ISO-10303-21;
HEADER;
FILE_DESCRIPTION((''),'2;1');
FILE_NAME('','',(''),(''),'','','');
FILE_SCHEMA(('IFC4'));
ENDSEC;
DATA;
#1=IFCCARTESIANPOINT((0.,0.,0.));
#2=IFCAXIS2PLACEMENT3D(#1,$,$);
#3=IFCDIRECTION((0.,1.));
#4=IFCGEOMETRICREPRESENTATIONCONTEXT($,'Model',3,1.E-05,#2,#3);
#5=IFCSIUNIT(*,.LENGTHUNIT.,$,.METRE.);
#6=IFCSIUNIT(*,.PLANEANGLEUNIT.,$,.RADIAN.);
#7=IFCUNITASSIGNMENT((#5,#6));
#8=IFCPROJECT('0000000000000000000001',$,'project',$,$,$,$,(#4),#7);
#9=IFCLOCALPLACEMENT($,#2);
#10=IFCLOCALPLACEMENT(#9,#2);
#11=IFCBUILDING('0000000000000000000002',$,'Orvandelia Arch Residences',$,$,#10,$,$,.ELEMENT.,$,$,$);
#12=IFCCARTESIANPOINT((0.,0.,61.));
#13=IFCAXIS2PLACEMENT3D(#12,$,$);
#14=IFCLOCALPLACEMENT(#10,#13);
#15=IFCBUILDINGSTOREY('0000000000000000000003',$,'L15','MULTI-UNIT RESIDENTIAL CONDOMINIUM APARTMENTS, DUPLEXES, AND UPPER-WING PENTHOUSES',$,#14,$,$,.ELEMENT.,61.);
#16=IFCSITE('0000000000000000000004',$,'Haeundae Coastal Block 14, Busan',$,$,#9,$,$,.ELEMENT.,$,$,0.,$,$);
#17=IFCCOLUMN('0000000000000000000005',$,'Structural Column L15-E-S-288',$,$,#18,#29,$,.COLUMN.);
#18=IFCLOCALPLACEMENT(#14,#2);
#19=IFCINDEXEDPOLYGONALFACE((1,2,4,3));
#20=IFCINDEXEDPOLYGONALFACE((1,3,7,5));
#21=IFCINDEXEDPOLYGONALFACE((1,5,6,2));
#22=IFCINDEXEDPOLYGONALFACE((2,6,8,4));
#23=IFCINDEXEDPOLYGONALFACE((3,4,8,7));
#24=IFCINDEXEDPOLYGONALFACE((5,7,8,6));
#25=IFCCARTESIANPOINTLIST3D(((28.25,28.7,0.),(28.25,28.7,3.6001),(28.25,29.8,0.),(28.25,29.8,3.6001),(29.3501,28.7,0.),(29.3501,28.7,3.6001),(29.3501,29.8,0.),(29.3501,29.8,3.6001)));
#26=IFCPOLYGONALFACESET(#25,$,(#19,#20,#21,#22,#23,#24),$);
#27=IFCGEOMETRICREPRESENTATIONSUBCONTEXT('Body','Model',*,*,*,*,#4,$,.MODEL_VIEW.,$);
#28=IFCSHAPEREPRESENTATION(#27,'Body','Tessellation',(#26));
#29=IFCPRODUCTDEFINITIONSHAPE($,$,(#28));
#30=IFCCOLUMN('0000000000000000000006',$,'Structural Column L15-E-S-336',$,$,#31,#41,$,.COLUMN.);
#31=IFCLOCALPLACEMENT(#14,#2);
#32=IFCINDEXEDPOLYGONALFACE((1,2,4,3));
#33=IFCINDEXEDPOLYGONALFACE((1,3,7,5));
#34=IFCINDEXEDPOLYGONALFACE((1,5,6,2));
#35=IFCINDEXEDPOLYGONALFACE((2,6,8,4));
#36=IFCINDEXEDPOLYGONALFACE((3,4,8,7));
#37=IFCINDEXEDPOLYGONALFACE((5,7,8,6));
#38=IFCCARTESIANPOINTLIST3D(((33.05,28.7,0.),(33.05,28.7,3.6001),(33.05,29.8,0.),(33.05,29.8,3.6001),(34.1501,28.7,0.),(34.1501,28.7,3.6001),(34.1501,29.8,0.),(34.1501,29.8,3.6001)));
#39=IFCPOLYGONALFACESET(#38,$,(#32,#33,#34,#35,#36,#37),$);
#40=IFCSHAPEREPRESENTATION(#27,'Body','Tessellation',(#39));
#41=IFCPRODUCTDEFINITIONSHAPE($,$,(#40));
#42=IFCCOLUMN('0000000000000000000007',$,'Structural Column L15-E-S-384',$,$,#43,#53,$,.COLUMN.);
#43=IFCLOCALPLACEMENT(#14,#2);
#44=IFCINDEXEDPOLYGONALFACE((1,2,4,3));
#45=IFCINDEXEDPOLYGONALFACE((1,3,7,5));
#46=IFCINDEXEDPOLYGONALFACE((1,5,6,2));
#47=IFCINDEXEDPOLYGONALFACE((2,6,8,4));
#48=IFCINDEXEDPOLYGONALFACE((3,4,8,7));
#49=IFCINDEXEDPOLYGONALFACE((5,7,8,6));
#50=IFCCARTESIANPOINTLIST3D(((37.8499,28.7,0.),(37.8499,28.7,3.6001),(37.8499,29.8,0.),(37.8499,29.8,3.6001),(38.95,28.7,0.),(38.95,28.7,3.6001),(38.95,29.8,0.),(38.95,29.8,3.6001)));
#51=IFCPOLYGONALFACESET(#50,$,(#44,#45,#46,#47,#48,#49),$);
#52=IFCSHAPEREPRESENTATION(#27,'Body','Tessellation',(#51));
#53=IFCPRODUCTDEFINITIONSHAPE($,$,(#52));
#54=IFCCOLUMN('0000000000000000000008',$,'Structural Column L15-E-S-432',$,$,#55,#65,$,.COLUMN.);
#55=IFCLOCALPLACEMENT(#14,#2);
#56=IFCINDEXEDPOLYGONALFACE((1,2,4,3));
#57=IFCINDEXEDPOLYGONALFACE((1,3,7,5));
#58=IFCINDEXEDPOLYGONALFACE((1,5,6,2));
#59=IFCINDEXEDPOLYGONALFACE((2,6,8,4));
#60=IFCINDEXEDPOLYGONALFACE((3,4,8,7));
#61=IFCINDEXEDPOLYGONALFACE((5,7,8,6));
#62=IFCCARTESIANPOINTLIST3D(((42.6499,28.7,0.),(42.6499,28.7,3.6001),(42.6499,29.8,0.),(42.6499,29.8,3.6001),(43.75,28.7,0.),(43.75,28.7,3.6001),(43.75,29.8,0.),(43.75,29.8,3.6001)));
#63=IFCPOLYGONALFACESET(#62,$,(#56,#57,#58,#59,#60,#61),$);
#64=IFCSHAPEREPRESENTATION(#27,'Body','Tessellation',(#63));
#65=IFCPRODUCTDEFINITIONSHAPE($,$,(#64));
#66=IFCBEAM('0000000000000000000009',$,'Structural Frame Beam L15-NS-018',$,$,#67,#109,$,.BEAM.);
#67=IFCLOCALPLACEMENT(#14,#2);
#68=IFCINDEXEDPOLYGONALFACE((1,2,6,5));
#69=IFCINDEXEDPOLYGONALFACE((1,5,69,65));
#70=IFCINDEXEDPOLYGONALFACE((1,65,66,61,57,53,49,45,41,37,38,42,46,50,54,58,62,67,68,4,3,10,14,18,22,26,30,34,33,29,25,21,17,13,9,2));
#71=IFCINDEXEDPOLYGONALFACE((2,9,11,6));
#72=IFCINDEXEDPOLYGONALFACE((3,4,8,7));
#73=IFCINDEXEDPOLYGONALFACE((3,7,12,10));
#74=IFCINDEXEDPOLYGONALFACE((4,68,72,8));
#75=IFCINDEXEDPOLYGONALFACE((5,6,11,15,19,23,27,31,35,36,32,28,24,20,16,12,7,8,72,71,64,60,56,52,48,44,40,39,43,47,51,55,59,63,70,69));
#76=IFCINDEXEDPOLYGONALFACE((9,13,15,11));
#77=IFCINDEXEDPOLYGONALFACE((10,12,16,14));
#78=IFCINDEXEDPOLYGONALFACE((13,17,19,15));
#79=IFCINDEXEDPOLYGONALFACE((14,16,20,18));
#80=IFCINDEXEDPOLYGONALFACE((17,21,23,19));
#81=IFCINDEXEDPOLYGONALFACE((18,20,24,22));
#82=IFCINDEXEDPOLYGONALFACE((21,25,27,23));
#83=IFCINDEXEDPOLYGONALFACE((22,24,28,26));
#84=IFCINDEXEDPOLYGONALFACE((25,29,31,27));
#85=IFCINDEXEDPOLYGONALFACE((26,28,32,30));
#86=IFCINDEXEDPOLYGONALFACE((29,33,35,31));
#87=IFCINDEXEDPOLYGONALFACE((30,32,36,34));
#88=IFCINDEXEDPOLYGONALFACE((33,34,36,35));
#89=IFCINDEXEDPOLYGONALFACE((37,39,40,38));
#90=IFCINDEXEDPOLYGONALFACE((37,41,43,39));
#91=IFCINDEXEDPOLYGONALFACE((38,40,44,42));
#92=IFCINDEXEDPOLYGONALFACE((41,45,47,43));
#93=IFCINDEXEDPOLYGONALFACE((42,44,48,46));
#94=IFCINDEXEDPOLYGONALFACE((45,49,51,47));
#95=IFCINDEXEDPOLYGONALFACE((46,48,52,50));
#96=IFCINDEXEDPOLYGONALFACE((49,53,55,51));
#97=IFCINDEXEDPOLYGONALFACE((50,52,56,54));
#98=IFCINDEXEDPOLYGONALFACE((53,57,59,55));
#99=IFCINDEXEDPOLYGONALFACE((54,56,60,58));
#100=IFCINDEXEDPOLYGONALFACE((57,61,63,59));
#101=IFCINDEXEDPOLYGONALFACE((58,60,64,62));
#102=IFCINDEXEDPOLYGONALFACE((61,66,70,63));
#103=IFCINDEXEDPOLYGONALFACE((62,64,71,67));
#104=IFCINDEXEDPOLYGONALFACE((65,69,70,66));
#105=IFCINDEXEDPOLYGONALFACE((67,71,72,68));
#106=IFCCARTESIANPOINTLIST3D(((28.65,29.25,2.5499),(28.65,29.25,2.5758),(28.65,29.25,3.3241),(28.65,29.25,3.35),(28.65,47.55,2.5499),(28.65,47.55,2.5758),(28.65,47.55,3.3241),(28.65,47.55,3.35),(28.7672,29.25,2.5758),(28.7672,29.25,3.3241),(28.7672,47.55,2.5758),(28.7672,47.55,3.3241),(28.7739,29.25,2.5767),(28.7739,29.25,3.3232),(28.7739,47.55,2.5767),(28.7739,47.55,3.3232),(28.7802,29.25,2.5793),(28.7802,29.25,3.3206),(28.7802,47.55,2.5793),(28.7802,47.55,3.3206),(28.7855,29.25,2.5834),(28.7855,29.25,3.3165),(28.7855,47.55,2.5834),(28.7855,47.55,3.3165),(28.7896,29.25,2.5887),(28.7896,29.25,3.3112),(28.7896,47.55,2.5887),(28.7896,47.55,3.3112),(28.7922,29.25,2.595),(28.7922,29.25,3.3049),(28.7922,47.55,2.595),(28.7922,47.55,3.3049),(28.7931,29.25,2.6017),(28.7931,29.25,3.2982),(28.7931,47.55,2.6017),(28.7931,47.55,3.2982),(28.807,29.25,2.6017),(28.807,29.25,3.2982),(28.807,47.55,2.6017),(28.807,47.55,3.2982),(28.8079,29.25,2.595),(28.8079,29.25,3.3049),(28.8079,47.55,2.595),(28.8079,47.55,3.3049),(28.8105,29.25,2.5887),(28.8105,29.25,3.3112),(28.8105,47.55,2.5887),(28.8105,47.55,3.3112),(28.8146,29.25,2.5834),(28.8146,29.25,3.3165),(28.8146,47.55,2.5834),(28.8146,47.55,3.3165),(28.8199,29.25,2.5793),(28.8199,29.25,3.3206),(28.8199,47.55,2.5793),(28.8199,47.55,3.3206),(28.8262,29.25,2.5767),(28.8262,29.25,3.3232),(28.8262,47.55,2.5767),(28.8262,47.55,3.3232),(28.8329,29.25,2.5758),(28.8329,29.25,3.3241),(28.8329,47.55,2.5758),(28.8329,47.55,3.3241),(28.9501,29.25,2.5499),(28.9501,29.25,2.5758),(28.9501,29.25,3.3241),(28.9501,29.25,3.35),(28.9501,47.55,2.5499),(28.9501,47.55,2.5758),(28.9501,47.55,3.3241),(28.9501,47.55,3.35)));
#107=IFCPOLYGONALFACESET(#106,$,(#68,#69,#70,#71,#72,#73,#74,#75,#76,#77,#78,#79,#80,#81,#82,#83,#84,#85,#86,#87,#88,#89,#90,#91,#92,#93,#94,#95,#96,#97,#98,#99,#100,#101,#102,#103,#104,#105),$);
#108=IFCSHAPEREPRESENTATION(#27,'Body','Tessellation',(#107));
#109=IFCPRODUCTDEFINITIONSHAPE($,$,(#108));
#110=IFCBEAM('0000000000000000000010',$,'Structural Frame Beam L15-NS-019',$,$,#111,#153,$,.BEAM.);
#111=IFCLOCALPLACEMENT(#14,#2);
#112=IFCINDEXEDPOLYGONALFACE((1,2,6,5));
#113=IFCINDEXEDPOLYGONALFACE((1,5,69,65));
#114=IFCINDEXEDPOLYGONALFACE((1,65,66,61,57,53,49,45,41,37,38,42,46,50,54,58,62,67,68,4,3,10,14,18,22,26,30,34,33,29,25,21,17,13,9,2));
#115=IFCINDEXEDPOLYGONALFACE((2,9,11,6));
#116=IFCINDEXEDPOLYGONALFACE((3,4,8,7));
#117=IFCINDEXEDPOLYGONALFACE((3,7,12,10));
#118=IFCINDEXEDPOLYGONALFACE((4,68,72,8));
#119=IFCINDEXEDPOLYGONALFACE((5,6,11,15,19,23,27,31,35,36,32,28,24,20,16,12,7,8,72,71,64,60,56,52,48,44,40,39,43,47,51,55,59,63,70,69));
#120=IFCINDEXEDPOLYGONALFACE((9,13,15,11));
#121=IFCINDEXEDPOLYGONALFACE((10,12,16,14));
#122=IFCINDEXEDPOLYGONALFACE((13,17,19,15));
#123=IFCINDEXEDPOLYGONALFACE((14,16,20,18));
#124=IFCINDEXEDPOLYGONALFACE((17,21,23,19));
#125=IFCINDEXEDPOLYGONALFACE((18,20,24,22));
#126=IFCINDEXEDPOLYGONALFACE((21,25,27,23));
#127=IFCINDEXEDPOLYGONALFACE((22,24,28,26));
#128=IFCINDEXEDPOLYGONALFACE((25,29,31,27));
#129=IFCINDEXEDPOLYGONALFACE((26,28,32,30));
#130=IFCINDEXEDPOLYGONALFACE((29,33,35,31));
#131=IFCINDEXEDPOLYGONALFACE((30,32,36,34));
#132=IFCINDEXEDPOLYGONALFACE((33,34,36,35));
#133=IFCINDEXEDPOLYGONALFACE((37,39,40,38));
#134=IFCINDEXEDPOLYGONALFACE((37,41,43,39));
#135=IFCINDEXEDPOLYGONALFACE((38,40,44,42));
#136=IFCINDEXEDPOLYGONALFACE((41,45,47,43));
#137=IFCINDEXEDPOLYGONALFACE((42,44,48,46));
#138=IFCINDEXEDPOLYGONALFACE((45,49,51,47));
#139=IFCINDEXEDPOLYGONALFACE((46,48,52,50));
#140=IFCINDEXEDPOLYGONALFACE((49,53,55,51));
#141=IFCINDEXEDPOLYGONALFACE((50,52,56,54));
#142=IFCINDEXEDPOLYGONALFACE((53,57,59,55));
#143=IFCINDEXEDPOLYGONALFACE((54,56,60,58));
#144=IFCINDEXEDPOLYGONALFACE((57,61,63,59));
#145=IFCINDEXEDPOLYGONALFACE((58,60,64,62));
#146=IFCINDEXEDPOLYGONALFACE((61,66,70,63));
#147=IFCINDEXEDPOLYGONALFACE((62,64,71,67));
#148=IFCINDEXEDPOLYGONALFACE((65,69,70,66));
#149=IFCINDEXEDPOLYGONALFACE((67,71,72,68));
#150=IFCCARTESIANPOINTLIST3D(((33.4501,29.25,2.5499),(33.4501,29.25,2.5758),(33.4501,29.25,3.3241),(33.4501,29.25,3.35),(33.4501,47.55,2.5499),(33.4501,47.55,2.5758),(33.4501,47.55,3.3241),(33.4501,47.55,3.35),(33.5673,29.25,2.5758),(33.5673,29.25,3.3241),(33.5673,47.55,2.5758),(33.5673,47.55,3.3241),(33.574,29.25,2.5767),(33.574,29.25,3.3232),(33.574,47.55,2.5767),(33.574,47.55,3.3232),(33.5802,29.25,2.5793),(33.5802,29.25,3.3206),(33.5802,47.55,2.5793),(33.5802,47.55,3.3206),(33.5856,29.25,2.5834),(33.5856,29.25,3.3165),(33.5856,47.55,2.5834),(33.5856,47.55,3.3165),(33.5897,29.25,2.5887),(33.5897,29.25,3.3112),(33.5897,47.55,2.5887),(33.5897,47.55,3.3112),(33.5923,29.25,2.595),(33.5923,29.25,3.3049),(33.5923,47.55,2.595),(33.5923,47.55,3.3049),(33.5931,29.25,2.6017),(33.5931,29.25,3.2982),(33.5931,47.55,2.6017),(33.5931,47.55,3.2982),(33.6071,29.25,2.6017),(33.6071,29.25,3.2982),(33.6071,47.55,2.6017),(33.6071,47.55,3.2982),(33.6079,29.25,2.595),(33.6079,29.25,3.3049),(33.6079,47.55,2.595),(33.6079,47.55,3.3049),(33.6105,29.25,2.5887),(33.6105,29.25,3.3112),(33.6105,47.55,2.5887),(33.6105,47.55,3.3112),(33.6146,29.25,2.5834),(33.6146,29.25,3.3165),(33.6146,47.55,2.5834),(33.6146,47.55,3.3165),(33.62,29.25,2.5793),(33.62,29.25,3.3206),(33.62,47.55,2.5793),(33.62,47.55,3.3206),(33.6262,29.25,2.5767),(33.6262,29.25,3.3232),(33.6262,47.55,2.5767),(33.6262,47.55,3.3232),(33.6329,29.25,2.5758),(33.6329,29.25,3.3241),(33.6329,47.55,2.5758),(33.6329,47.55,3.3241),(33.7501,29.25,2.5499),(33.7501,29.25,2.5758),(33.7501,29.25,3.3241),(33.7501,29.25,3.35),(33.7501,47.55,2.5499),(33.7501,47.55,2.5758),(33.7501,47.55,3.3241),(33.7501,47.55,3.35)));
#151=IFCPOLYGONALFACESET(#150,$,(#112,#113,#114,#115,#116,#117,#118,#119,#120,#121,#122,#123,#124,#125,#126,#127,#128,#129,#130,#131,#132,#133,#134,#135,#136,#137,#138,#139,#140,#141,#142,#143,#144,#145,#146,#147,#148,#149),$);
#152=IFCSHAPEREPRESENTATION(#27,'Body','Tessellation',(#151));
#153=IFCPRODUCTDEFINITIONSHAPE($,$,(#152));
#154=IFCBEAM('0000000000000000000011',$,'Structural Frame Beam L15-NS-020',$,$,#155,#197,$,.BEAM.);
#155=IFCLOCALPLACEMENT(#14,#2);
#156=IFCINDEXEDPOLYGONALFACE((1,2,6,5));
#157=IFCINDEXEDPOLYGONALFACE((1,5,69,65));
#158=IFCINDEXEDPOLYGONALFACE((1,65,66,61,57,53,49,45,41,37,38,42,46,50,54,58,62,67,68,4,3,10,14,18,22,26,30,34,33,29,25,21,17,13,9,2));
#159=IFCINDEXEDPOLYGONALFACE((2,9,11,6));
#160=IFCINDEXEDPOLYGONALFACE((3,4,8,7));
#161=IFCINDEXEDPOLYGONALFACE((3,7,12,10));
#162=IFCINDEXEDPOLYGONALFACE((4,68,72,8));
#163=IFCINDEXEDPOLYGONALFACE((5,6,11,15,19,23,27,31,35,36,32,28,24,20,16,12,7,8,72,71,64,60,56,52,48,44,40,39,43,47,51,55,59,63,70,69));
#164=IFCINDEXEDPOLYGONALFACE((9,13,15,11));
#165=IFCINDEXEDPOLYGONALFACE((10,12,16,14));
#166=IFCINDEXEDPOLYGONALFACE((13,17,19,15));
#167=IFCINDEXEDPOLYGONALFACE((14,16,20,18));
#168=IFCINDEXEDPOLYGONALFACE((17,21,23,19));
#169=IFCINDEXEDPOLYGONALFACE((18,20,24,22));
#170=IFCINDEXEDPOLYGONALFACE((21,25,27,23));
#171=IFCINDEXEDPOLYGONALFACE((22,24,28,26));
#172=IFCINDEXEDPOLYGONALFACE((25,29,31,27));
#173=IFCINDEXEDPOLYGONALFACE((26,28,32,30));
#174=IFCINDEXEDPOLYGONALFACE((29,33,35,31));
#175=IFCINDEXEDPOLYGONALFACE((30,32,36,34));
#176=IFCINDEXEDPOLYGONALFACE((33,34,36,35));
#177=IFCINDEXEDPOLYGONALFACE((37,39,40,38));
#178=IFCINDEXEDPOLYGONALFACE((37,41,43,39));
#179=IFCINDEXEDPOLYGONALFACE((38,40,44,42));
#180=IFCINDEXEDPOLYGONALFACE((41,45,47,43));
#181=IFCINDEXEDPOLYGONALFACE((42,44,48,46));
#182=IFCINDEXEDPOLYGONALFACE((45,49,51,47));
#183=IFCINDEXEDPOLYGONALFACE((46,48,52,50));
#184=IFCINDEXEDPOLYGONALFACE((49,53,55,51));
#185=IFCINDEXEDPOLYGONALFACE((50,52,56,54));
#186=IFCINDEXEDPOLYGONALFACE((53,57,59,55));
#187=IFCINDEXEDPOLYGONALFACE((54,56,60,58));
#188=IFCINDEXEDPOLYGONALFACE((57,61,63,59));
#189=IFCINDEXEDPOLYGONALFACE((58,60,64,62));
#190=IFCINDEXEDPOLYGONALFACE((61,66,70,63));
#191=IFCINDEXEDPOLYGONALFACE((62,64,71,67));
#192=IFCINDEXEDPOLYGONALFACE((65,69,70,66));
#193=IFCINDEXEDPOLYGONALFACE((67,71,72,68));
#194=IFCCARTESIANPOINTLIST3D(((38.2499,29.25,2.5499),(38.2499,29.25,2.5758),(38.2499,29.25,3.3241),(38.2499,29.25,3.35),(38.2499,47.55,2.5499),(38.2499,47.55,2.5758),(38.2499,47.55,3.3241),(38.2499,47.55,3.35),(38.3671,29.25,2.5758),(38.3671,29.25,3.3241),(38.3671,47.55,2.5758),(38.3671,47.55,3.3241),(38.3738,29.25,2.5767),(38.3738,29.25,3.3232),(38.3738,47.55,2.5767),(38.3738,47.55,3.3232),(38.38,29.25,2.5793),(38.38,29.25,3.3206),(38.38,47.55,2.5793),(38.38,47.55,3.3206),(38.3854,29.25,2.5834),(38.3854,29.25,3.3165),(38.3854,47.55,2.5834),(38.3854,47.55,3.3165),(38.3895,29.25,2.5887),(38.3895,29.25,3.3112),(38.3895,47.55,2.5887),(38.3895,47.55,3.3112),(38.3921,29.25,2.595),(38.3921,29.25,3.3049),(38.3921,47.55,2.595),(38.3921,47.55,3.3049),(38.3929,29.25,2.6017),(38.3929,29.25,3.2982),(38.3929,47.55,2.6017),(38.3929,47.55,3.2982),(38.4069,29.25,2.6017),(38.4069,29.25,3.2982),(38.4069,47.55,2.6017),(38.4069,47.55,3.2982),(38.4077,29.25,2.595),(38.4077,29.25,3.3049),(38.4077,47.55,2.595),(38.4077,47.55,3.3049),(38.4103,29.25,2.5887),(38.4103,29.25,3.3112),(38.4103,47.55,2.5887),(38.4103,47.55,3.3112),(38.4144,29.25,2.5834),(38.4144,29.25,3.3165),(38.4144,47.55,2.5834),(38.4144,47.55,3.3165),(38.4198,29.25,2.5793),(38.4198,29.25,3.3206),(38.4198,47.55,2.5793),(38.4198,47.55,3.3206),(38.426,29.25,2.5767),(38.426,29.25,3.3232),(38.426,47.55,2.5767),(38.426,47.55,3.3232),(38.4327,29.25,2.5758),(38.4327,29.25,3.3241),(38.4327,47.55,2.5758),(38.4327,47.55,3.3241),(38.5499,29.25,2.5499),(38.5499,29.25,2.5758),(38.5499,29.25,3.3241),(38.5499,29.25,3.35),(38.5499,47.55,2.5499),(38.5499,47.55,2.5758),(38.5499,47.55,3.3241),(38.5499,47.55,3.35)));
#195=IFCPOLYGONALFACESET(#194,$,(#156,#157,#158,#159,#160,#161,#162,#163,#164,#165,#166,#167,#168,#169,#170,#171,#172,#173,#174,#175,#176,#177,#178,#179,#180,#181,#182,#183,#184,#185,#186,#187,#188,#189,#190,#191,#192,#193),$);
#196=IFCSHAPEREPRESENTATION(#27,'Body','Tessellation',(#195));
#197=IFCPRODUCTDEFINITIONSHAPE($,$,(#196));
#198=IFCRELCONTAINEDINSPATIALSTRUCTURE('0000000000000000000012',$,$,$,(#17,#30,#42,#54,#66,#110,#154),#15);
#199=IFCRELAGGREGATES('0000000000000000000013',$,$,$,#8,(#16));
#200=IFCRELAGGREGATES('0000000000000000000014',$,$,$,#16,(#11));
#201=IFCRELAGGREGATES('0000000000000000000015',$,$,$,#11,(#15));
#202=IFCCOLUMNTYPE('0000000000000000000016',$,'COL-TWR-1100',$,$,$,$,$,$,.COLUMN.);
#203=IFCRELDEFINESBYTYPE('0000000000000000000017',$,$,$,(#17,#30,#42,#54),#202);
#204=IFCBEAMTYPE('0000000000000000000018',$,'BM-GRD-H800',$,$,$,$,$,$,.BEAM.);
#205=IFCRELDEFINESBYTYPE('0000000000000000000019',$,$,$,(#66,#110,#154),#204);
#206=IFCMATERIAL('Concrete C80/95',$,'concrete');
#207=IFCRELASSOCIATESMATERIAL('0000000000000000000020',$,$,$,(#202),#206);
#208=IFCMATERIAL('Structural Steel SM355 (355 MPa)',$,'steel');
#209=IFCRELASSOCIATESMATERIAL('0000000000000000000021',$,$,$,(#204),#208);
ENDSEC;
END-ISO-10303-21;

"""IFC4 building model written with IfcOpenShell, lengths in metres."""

from ifc_helpers import new_model, si_unit, direction, frame, origin, origin_2d, place, context, subcontext, project, spatial, rectangle, i_section, extrude, material, material_profile, profile_set, type_object, element, save


model = new_model("IFC4")

# Units and contexts
model_context = context("Model", 3, precision=1e-05, world=origin(), true_north=direction((0.0, 1.0)))
body_context = subcontext(model_context, "Body", "Model", "MODEL_VIEW")
ifc_project = project(units=[si_unit("LENGTHUNIT", "METRE"), si_unit("PLANEANGLEUNIT", "RADIAN")], contexts=[model_context])

# Site, building, storey
site_placement = place(None, origin())
site = spatial("IfcSite", under=ifc_project, at=site_placement, Name="Haeundae Coastal Block 14, Busan", CompositionType="ELEMENT", RefElevation=0.0)
building_placement = place(site_placement, origin())
building = spatial("IfcBuilding", under=site, at=building_placement, Name="Orvandelia Arch Residences", CompositionType="ELEMENT")
storey_placement = place(building_placement, frame((0.0, 0.0, 61.0)))
storey = spatial("IfcBuildingStorey", under=building, at=storey_placement, Name="L15", Description="MULTI-UNIT RESIDENTIAL CONDOMINIUM APARTMENTS, DUPLEXES, AND UPPER-WING PENTHOUSES", CompositionType="ELEMENT", Elevation=61.0)

# Columns
ifc_material_1 = material(Name="Concrete C80/95", Category="concrete")
ifc_material_profile_1 = material_profile(ifc_material_1, rectangle(XDim=1.1001, YDim=1.1001, at=origin_2d()), Name="Concrete C80/95", Category="concrete")
ifc_profile_set_1 = profile_set([ifc_material_profile_1], Name="Concrete C80/95")
column_type = type_object("IfcColumnType", Name="COL-TWR-1100", PredefinedType="COLUMN", material=ifc_profile_set_1)
for number, where, z_axis, x_axis, name in (
    (1, (28.8, 29.25, 0.0), (0.0, 0.0, 1.0), (1.0, 0.0, 0.0), "Structural Column L15-E-S-288"),
    (2, (33.6001, 29.25, 0.0), (0.0, 0.0, 1.0), (1.0, 0.0, 0.0), "Structural Column L15-E-S-336"),
    (3, (38.3999, 29.25, 0.0), (0.0, 0.0, 1.0), (1.0, 0.0, 0.0), "Structural Column L15-E-S-384"),
    (4, (43.2, 29.25, 0.0), (0.0, 0.0, 1.0), (1.0, 0.0, 0.0), "Structural Column L15-E-S-432"),
):
    element("IfcColumn", number, at=place(storey_placement, frame(where, z_axis=z_axis, x_axis=x_axis)), inside=storey, type_object=column_type, Name=name, PredefinedType="COLUMN", context=body_context, shape_type="SweptSolid", body=[
        extrude(rectangle(XDim=1.1001, YDim=1.1001, at=origin_2d()), origin(), (0.0, 0.0, 1.0), 3.6001),
    ])

# Beams
ifc_material_2 = material(Name="Structural Steel SM355 (355 MPa)", Category="steel")
ifc_material_profile_2 = material_profile(ifc_material_2, i_section(OverallWidth=0.3, OverallDepth=0.8, WebThickness=0.0139, FlangeThickness=0.0259, FilletRadius=0.0259, at=origin_2d()), Name="Structural Steel SM355 (355 MPa)", Category="steel")
ifc_profile_set_2 = profile_set([ifc_material_profile_2], Name="Structural Steel SM355 (355 MPa)")
beam_type = type_object("IfcBeamType", Name="BM-GRD-H800", PredefinedType="BEAM", material=ifc_profile_set_2)
for number, where, z_axis, x_axis, name in (
    (5, (28.8, 29.25, 2.95), (0.0, 1.0, 0.0), (-1.0, 0.0, 0.0), "Structural Frame Beam L15-NS-018"),
    (6, (33.6001, 29.25, 2.95), (0.0, 1.0, 0.0), (-1.0, 0.0, 0.0), "Structural Frame Beam L15-NS-019"),
    (7, (38.3999, 29.25, 2.95), (0.0, 1.0, 0.0), (-1.0, 0.0, 0.0), "Structural Frame Beam L15-NS-020"),
):
    element("IfcBeam", number, at=place(storey_placement, frame(where, z_axis=z_axis, x_axis=x_axis)), inside=storey, type_object=beam_type, Name=name, PredefinedType="BEAM", context=body_context, shape_type="SweptSolid", body=[
        extrude(i_section(OverallWidth=0.3, OverallDepth=0.8, WebThickness=0.0139, FlangeThickness=0.0259, FilletRadius=0.0259, at=origin_2d()), origin(), (0.0, 0.0, 1.0), 18.3),
    ])

save(model, "model.ifc")
